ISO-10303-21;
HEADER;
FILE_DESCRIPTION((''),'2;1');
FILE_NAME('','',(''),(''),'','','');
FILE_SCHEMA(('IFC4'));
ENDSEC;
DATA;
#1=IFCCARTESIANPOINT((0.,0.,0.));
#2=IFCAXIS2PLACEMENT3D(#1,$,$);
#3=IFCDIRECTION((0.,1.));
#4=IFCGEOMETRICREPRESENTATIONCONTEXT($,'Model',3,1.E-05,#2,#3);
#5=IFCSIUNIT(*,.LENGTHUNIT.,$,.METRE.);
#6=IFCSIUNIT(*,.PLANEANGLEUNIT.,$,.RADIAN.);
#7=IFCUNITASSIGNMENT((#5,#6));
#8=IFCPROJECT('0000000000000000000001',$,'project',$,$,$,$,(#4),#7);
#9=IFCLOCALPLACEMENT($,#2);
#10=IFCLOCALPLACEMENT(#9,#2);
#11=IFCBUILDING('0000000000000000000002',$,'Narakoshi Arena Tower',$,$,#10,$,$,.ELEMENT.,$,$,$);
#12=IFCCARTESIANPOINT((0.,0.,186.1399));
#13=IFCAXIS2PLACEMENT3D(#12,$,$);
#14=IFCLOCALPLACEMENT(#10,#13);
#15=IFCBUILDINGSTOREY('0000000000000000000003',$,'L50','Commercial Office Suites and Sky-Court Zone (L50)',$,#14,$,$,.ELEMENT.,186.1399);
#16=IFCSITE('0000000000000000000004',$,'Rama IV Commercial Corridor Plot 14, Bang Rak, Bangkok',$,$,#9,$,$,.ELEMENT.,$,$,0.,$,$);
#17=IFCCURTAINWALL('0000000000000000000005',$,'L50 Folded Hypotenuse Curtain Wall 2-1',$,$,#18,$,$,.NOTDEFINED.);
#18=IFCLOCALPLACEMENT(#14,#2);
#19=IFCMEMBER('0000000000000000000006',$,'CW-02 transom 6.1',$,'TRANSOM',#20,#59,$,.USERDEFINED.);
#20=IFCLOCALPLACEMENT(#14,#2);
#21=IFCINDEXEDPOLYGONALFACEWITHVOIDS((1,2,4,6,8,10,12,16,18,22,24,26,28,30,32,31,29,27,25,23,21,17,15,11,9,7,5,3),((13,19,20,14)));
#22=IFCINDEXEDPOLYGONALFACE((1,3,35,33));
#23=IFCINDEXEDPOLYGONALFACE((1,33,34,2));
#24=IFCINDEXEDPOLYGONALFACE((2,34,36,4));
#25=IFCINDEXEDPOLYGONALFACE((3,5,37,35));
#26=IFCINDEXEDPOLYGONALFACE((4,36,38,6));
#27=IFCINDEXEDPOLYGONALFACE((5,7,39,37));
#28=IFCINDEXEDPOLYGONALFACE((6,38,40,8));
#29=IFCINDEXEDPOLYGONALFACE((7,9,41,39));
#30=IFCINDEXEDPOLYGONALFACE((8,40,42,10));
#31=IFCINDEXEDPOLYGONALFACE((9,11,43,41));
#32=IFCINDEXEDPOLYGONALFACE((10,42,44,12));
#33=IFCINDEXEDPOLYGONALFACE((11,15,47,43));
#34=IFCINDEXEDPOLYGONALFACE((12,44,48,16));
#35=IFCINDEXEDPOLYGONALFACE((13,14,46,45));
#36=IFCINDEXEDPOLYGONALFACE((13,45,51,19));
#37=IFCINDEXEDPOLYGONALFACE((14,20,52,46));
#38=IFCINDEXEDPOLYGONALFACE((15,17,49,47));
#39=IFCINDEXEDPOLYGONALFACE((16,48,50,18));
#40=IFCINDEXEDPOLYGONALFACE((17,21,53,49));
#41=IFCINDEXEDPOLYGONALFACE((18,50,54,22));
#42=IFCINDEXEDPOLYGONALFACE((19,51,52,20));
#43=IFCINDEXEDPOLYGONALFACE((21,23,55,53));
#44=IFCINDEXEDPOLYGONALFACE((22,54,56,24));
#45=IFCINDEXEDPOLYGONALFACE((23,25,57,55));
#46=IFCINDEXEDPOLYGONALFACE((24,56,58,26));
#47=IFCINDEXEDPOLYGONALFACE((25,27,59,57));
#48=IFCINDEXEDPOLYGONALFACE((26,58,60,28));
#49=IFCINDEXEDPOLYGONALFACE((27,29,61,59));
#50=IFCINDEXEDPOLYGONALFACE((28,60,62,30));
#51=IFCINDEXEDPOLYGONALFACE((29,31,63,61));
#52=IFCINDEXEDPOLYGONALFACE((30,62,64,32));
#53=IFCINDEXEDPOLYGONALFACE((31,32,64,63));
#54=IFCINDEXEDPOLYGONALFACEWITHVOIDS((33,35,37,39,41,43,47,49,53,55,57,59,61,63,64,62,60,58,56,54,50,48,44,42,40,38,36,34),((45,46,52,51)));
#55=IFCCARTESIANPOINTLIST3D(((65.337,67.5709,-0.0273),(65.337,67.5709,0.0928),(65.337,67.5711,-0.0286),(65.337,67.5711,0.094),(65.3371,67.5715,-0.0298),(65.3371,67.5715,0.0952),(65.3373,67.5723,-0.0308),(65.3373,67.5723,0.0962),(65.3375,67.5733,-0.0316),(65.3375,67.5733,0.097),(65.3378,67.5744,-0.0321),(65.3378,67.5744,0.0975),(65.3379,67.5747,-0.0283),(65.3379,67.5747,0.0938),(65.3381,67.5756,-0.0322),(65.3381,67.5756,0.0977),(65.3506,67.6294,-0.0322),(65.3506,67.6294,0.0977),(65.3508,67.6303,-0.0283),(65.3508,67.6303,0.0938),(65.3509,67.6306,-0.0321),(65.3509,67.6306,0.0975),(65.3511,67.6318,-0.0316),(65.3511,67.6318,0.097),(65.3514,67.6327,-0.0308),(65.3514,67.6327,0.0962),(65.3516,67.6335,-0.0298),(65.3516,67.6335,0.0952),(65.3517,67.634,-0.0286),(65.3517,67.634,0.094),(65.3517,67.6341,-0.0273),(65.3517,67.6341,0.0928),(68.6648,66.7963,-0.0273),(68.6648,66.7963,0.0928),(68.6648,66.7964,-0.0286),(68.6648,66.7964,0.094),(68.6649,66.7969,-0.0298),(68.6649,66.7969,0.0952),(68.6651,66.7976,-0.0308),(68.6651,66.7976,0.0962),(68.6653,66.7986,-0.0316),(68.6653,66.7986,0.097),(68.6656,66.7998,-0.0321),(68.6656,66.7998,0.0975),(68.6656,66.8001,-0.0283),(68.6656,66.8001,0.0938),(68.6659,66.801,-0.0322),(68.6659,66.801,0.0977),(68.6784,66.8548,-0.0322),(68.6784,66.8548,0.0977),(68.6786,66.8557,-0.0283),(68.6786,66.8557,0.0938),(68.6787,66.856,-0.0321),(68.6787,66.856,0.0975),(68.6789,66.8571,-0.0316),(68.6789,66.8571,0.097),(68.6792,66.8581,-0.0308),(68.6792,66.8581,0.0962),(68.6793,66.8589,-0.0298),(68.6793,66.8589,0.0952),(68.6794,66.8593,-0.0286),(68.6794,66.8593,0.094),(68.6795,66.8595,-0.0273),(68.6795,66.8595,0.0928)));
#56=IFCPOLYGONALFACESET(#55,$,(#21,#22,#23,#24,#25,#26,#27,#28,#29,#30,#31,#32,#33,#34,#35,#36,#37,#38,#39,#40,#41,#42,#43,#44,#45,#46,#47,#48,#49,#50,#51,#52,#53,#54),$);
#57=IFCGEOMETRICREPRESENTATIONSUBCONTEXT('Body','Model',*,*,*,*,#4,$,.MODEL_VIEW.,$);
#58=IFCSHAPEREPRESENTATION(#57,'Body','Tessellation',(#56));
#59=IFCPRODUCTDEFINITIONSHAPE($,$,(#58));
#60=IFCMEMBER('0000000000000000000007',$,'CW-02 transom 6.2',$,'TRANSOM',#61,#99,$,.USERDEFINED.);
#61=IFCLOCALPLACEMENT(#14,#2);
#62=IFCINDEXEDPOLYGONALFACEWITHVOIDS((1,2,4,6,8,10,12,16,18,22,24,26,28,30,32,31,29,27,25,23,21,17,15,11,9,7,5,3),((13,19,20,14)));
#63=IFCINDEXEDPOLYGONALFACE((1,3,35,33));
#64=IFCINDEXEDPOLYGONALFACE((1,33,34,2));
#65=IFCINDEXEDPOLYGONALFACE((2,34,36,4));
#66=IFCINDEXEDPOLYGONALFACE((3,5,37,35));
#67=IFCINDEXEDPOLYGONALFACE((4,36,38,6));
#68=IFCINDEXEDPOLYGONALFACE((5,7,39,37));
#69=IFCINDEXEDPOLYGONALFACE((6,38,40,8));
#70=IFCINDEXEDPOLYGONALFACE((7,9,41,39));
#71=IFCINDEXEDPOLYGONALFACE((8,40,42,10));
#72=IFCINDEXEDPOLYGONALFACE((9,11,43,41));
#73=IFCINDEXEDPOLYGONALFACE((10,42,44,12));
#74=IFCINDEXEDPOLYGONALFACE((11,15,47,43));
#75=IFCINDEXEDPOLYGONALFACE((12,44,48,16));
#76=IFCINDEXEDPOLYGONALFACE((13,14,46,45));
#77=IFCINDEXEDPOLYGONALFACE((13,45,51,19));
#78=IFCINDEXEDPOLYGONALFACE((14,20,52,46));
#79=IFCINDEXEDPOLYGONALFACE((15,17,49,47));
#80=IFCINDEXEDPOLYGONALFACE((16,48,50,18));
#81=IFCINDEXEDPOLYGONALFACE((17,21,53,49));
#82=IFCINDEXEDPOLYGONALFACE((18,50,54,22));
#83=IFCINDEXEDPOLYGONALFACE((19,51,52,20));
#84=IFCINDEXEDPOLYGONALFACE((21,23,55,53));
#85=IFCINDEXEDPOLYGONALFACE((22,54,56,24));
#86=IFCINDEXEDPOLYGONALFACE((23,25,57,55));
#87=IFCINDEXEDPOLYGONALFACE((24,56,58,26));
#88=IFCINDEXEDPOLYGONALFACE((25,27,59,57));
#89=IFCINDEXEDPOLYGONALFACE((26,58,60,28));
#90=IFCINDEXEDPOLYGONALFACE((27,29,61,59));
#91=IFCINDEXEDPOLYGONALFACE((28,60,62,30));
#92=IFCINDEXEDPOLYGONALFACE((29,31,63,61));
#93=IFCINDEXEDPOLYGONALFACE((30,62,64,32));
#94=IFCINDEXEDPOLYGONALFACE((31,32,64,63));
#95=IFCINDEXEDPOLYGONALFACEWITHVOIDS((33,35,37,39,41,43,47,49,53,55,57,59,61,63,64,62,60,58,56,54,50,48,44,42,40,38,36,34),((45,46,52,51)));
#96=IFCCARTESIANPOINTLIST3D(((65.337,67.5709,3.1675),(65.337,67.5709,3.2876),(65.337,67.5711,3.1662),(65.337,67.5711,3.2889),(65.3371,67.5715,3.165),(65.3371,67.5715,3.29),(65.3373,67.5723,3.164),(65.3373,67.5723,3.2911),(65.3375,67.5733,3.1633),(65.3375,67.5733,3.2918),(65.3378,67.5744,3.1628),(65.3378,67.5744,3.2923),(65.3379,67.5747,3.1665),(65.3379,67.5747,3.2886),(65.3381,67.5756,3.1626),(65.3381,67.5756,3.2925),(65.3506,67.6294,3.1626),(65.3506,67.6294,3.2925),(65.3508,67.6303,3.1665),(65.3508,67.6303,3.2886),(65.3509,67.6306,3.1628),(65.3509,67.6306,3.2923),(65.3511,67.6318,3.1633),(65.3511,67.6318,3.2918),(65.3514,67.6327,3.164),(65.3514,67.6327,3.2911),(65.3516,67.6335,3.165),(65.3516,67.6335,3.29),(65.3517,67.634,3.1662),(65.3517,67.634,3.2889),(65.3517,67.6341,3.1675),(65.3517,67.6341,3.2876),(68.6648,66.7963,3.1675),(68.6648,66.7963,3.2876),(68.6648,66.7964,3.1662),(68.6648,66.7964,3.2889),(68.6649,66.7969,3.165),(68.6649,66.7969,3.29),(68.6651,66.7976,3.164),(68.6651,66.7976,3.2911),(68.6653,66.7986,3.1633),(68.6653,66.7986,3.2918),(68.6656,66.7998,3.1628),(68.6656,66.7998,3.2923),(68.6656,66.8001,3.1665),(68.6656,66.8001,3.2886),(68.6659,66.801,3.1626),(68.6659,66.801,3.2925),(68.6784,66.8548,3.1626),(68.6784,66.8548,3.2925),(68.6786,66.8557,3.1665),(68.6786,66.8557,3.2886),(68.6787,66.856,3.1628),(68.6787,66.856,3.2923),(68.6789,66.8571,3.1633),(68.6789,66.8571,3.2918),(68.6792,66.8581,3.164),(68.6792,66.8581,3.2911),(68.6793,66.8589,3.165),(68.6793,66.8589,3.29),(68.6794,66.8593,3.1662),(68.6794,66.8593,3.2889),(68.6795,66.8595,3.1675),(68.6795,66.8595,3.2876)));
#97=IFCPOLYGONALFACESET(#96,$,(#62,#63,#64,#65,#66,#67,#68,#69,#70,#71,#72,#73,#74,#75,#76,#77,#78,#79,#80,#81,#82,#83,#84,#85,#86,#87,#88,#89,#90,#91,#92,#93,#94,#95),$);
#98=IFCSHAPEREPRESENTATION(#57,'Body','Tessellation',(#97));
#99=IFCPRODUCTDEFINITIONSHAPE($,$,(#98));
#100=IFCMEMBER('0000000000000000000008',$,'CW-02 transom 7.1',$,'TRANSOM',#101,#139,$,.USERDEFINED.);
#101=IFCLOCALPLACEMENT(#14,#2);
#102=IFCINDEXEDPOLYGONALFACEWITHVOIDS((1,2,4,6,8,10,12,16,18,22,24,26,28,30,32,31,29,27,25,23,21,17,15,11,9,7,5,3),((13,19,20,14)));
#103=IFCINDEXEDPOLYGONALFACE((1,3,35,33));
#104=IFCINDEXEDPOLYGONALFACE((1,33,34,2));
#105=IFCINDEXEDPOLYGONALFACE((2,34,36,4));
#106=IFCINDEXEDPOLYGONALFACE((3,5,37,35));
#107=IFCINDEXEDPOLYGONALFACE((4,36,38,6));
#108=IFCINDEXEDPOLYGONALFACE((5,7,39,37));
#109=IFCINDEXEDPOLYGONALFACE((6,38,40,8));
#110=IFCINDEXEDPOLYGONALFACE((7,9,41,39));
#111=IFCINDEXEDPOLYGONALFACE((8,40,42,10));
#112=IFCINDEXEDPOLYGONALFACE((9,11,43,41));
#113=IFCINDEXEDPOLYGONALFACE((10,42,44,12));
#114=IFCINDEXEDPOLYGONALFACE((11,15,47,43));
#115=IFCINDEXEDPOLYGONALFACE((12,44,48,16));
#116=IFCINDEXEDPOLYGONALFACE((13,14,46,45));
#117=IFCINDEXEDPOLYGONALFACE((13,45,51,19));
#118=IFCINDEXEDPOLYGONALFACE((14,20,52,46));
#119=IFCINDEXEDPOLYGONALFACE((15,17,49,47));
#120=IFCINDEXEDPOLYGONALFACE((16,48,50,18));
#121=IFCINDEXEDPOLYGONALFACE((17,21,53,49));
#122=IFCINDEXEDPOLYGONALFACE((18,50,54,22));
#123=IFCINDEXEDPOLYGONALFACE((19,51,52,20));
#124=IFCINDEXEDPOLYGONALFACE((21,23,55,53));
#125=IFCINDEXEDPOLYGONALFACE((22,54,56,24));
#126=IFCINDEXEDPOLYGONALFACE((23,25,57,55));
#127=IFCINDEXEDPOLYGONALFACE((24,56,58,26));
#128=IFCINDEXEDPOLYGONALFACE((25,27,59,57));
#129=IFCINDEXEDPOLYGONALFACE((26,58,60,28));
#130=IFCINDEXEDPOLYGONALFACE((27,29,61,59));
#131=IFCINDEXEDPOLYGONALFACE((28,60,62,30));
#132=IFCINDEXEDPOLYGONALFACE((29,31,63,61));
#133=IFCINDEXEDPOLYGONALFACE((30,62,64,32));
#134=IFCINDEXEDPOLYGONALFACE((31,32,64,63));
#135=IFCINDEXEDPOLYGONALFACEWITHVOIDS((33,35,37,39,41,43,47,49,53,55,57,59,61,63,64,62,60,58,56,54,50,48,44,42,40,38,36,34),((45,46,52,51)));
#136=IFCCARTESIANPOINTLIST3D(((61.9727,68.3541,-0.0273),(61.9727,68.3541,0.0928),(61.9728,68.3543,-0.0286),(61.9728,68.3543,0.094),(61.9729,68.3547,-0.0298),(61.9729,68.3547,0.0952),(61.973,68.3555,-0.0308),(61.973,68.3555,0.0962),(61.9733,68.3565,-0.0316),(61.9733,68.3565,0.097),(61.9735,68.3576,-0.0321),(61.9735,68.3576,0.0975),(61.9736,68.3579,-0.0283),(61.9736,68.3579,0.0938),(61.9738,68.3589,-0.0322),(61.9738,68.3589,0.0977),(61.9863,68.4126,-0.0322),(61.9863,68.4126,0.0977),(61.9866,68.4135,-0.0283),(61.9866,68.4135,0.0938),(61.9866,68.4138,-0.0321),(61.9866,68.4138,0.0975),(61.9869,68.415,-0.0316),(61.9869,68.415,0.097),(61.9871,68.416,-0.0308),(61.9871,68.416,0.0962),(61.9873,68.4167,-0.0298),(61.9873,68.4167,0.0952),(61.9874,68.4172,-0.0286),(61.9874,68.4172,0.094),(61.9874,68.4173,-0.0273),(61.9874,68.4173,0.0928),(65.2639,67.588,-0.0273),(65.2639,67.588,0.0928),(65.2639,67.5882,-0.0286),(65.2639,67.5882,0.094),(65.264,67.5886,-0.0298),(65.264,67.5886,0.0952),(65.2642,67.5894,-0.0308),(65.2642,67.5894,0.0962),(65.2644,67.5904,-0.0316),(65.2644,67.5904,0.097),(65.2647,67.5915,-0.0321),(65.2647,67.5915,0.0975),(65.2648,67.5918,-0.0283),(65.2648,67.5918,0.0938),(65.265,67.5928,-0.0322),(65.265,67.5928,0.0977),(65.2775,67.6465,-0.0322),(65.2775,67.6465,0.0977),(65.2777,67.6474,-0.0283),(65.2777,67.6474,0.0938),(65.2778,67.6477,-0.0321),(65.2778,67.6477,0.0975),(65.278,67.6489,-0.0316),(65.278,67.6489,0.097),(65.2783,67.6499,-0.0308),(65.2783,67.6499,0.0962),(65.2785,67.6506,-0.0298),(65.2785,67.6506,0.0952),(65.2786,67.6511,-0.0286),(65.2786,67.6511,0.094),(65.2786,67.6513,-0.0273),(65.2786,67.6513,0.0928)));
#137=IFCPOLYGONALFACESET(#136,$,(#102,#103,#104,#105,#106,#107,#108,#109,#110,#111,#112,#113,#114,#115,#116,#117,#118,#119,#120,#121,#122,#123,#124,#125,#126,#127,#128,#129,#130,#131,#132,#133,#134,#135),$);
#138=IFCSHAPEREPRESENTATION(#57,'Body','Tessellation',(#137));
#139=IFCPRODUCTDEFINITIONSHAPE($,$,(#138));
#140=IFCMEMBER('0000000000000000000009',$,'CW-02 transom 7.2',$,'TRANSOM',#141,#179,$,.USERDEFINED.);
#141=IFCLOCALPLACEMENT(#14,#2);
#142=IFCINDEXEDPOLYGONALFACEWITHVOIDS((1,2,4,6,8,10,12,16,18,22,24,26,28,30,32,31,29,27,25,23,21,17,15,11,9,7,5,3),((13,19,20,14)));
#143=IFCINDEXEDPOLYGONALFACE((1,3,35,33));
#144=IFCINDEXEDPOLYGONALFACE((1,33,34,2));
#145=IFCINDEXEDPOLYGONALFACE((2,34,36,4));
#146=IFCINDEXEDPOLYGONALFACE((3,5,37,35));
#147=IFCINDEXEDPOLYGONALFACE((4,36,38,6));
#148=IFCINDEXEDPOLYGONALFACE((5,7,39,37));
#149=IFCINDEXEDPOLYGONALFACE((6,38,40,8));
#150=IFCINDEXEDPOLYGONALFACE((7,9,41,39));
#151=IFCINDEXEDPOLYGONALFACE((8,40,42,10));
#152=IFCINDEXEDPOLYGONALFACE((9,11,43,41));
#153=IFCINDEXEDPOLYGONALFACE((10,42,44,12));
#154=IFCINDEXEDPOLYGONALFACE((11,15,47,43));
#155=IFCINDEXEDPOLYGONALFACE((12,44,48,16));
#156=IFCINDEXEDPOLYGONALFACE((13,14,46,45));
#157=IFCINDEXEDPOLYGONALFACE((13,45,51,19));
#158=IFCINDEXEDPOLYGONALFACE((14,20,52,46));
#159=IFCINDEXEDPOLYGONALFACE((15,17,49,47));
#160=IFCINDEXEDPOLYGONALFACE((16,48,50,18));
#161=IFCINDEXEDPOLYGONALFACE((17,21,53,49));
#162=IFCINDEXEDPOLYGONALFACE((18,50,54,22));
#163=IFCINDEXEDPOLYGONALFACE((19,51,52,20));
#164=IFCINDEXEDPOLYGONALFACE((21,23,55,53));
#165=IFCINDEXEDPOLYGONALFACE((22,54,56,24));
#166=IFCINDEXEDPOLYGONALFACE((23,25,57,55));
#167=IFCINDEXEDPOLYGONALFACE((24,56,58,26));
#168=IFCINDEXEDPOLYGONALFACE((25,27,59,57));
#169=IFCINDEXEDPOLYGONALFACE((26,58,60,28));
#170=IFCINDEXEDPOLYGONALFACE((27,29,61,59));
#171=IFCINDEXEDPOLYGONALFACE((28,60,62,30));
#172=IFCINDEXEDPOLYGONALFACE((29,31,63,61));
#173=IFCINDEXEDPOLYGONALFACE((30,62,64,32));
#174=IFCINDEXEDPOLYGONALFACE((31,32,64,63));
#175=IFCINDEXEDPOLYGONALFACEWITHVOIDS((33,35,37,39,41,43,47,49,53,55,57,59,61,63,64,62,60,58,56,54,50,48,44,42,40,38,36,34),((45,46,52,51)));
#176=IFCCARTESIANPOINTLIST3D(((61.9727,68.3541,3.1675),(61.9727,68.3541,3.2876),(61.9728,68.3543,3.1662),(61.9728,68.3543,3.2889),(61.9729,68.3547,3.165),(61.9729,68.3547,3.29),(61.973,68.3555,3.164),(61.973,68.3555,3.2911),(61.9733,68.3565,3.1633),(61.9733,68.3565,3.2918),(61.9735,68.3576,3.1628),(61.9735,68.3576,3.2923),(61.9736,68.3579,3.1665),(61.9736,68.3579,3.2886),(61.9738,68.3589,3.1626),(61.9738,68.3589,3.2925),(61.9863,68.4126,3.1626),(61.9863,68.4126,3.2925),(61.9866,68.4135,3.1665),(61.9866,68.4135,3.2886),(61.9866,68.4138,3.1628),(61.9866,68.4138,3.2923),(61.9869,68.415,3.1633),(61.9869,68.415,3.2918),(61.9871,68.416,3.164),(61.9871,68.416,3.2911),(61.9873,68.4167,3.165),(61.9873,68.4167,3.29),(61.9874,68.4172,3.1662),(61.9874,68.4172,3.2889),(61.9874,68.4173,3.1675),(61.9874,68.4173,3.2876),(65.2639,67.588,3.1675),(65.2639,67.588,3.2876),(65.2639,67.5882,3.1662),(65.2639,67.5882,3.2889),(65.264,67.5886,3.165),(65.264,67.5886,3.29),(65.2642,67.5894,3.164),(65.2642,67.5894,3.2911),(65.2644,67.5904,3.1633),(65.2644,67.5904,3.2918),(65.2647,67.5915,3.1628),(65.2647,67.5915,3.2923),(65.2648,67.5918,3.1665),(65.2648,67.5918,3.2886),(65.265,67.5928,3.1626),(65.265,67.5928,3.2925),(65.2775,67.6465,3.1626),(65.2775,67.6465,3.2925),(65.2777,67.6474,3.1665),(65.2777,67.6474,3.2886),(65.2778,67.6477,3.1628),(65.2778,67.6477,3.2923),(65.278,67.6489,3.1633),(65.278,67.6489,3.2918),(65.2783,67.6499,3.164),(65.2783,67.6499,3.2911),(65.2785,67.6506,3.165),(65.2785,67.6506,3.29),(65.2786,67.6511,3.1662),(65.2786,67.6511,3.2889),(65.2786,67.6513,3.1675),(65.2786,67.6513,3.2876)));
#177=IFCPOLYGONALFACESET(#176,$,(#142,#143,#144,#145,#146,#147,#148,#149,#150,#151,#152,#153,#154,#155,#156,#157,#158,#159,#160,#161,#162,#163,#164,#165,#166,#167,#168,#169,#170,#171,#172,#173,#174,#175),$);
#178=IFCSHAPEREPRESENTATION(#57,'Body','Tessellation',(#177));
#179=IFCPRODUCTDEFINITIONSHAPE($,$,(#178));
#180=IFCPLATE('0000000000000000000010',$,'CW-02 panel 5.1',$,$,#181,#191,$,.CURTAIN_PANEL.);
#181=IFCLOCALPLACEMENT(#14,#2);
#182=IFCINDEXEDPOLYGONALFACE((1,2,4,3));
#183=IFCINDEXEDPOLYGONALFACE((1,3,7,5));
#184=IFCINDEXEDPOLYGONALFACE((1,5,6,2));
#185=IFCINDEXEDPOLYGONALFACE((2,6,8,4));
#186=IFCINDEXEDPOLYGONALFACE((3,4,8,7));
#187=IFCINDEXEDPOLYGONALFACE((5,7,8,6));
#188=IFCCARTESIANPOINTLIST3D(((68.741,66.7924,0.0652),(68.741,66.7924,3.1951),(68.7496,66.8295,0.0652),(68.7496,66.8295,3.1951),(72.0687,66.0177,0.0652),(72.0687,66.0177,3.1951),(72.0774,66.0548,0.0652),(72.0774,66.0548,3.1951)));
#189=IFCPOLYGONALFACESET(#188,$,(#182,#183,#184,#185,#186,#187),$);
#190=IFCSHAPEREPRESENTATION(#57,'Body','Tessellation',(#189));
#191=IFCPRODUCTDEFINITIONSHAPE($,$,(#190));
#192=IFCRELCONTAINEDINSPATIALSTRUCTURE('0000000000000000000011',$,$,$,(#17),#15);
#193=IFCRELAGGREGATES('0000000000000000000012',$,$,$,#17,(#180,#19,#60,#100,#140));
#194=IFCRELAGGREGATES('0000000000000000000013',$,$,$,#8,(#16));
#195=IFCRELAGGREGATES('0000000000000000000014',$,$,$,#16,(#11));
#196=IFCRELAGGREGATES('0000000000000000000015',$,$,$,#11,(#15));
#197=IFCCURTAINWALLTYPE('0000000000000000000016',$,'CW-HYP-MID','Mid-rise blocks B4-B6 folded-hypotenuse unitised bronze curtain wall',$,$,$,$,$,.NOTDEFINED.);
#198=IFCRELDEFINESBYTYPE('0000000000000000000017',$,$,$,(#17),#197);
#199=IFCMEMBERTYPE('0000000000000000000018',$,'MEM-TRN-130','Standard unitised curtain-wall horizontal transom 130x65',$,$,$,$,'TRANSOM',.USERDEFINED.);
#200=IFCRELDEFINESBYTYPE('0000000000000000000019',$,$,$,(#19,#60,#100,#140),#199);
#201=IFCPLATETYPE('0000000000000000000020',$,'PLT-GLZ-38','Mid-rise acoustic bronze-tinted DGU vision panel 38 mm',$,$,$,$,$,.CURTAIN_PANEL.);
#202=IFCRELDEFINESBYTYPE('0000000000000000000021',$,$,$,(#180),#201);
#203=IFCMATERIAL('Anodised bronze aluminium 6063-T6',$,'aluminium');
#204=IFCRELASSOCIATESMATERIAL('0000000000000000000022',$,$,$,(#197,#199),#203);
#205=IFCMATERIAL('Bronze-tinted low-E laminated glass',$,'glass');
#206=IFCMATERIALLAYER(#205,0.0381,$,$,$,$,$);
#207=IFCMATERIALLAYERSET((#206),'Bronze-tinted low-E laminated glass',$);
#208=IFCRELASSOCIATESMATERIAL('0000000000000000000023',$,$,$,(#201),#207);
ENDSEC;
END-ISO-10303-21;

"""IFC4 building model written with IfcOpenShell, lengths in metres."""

from ifc_helpers import new_model, si_unit, direction, frame, origin, origin_2d, place, context, subcontext, project, spatial, rectangle, hollow_rectangle, extrude, material, layer, layer_set, material_profile, profile_set, type_object, element, aggregate, save


model = new_model("IFC4")

# Units and contexts
model_context = context("Model", 3, precision=1e-05, world=origin(), true_north=direction((0.0, 1.0)))
body_context = subcontext(model_context, "Body", "Model", "MODEL_VIEW")
ifc_project = project(units=[si_unit("LENGTHUNIT", "METRE"), si_unit("PLANEANGLEUNIT", "RADIAN")], contexts=[model_context])

# Site, building, storey
site_placement = place(None, origin())
site = spatial("IfcSite", under=ifc_project, at=site_placement, Name="Rama IV Commercial Corridor Plot 14, Bang Rak, Bangkok", CompositionType="ELEMENT", RefElevation=0.0)
building_placement = place(site_placement, origin())
building = spatial("IfcBuilding", under=site, at=building_placement, Name="Narakoshi Arena Tower", CompositionType="ELEMENT")
storey_placement = place(building_placement, frame((0.0, 0.0, 186.1399)))
storey = spatial("IfcBuildingStorey", under=building, at=storey_placement, Name="L50", Description="Commercial Office Suites and Sky-Court Zone (L50)", CompositionType="ELEMENT", Elevation=186.1399)

# Curtain wall, members, plate
ifc_material_1 = material(Name="Anodised bronze aluminium 6063-T6", Category="aluminium")
curtain_wall_type = type_object("IfcCurtainWallType", Name="CW-HYP-MID", Description="Mid-rise blocks B4-B6 folded-hypotenuse unitised bronze curtain wall", PredefinedType="NOTDEFINED", material=ifc_material_1)
curtain_wall_placement = place(storey_placement, origin())
curtain_wall = element("IfcCurtainWall", 1, at=curtain_wall_placement, inside=storey, type_object=curtain_wall_type, Name="L50 Folded Hypotenuse Curtain Wall 2-1", PredefinedType="NOTDEFINED")
ifc_material_profile_1 = material_profile(ifc_material_1, hollow_rectangle(XDim=0.0649, YDim=0.1299, WallThickness=0.0039, OuterFilletRadius=0.0049, at=origin_2d()), Name="TRN130x65x4")
ifc_profile_set_1 = profile_set([ifc_material_profile_1], Name="Anodised bronze aluminium 6063-T6")
member_type_1 = type_object("IfcMemberType", Name="MEM-TRN-130", Description="Standard unitised curtain-wall horizontal transom 130x65", ElementType="TRANSOM", PredefinedType="USERDEFINED", material=ifc_profile_set_1)
member_1_placement = place(storey_placement, frame((68.6721, 66.8279, 0.0327), z_axis=(-0.973961, 0.226717, 0.0), x_axis=(-0.226717, -0.973961, 0.0)))
member_1 = element("IfcMember", 2, at=member_1_placement, type_object=member_type_1, Name="CW-02 transom 6.1", ObjectType="TRANSOM", PredefinedType="USERDEFINED", context=body_context, shape_type="SweptSolid", body=[
    extrude(hollow_rectangle(XDim=0.0649, YDim=0.1299, WallThickness=0.0039, OuterFilletRadius=0.0049, at=origin_2d()), origin(), (0.0, 0.0, 1.0), 3.4167),
])
member_2_placement = place(storey_placement, frame((68.6721, 66.8279, 3.2275), z_axis=(-0.973961, 0.226717, 0.0), x_axis=(-0.226717, -0.973961, 0.0)))
member_2 = element("IfcMember", 3, at=member_2_placement, type_object=member_type_1, Name="CW-02 transom 6.2", ObjectType="TRANSOM", PredefinedType="USERDEFINED", context=body_context, shape_type="SweptSolid", body=[
    extrude(hollow_rectangle(XDim=0.0649, YDim=0.1299, WallThickness=0.0039, OuterFilletRadius=0.0049, at=origin_2d()), origin(), (0.0, 0.0, 1.0), 3.4167),
])
member_3_placement = place(storey_placement, frame((65.2712, 67.6196, 0.0327), z_axis=(-0.973962, 0.226711, 0.0), x_axis=(-0.226711, -0.973962, 0.0)))
member_3 = element("IfcMember", 4, at=member_3_placement, type_object=member_type_1, Name="CW-02 transom 7.1", ObjectType="TRANSOM", PredefinedType="USERDEFINED", context=body_context, shape_type="SweptSolid", body=[
    extrude(hollow_rectangle(XDim=0.0649, YDim=0.1299, WallThickness=0.0039, OuterFilletRadius=0.0049, at=origin_2d()), origin(), (0.0, 0.0, 1.0), 3.3792),
])
member_4_placement = place(storey_placement, frame((65.2712, 67.6196, 3.2275), z_axis=(-0.973962, 0.226711, 0.0), x_axis=(-0.226711, -0.973962, 0.0)))
member_4 = element("IfcMember", 5, at=member_4_placement, type_object=member_type_1, Name="CW-02 transom 7.2", ObjectType="TRANSOM", PredefinedType="USERDEFINED", context=body_context, shape_type="SweptSolid", body=[
    extrude(hollow_rectangle(XDim=0.0649, YDim=0.1299, WallThickness=0.0039, OuterFilletRadius=0.0049, at=origin_2d()), origin(), (0.0, 0.0, 1.0), 3.3792),
])
ifc_material_2 = material(Name="Bronze-tinted low-E laminated glass", Category="glass")
ifc_layer_1 = layer(ifc_material_2, 0.0381)
ifc_layer_set_1 = layer_set([ifc_layer_1], Name="Bronze-tinted low-E laminated glass")
plate_type = type_object("IfcPlateType", Name="PLT-GLZ-38", Description="Mid-rise acoustic bronze-tinted DGU vision panel 38 mm", PredefinedType="CURTAIN_PANEL", material=ifc_layer_set_1)
plate_1_placement = place(storey_placement, frame((70.4092, 66.4236, 0.0652), z_axis=(0.0, 0.0, 1.0), x_axis=(-0.97396, 0.226721, 0.0)))
plate_1 = element("IfcPlate", 6, at=plate_1_placement, type_object=plate_type, Name="CW-02 panel 5.1", PredefinedType="CURTAIN_PANEL", context=body_context, shape_type="SweptSolid", body=[
    extrude(rectangle(XDim=3.4167, YDim=0.0381, at=origin_2d()), origin(), (0.0, 0.0, 1.0), 3.1299),
])
aggregate(curtain_wall, [plate_1, member_1, member_2, member_3, member_4])

save(model, "model.ifc")
